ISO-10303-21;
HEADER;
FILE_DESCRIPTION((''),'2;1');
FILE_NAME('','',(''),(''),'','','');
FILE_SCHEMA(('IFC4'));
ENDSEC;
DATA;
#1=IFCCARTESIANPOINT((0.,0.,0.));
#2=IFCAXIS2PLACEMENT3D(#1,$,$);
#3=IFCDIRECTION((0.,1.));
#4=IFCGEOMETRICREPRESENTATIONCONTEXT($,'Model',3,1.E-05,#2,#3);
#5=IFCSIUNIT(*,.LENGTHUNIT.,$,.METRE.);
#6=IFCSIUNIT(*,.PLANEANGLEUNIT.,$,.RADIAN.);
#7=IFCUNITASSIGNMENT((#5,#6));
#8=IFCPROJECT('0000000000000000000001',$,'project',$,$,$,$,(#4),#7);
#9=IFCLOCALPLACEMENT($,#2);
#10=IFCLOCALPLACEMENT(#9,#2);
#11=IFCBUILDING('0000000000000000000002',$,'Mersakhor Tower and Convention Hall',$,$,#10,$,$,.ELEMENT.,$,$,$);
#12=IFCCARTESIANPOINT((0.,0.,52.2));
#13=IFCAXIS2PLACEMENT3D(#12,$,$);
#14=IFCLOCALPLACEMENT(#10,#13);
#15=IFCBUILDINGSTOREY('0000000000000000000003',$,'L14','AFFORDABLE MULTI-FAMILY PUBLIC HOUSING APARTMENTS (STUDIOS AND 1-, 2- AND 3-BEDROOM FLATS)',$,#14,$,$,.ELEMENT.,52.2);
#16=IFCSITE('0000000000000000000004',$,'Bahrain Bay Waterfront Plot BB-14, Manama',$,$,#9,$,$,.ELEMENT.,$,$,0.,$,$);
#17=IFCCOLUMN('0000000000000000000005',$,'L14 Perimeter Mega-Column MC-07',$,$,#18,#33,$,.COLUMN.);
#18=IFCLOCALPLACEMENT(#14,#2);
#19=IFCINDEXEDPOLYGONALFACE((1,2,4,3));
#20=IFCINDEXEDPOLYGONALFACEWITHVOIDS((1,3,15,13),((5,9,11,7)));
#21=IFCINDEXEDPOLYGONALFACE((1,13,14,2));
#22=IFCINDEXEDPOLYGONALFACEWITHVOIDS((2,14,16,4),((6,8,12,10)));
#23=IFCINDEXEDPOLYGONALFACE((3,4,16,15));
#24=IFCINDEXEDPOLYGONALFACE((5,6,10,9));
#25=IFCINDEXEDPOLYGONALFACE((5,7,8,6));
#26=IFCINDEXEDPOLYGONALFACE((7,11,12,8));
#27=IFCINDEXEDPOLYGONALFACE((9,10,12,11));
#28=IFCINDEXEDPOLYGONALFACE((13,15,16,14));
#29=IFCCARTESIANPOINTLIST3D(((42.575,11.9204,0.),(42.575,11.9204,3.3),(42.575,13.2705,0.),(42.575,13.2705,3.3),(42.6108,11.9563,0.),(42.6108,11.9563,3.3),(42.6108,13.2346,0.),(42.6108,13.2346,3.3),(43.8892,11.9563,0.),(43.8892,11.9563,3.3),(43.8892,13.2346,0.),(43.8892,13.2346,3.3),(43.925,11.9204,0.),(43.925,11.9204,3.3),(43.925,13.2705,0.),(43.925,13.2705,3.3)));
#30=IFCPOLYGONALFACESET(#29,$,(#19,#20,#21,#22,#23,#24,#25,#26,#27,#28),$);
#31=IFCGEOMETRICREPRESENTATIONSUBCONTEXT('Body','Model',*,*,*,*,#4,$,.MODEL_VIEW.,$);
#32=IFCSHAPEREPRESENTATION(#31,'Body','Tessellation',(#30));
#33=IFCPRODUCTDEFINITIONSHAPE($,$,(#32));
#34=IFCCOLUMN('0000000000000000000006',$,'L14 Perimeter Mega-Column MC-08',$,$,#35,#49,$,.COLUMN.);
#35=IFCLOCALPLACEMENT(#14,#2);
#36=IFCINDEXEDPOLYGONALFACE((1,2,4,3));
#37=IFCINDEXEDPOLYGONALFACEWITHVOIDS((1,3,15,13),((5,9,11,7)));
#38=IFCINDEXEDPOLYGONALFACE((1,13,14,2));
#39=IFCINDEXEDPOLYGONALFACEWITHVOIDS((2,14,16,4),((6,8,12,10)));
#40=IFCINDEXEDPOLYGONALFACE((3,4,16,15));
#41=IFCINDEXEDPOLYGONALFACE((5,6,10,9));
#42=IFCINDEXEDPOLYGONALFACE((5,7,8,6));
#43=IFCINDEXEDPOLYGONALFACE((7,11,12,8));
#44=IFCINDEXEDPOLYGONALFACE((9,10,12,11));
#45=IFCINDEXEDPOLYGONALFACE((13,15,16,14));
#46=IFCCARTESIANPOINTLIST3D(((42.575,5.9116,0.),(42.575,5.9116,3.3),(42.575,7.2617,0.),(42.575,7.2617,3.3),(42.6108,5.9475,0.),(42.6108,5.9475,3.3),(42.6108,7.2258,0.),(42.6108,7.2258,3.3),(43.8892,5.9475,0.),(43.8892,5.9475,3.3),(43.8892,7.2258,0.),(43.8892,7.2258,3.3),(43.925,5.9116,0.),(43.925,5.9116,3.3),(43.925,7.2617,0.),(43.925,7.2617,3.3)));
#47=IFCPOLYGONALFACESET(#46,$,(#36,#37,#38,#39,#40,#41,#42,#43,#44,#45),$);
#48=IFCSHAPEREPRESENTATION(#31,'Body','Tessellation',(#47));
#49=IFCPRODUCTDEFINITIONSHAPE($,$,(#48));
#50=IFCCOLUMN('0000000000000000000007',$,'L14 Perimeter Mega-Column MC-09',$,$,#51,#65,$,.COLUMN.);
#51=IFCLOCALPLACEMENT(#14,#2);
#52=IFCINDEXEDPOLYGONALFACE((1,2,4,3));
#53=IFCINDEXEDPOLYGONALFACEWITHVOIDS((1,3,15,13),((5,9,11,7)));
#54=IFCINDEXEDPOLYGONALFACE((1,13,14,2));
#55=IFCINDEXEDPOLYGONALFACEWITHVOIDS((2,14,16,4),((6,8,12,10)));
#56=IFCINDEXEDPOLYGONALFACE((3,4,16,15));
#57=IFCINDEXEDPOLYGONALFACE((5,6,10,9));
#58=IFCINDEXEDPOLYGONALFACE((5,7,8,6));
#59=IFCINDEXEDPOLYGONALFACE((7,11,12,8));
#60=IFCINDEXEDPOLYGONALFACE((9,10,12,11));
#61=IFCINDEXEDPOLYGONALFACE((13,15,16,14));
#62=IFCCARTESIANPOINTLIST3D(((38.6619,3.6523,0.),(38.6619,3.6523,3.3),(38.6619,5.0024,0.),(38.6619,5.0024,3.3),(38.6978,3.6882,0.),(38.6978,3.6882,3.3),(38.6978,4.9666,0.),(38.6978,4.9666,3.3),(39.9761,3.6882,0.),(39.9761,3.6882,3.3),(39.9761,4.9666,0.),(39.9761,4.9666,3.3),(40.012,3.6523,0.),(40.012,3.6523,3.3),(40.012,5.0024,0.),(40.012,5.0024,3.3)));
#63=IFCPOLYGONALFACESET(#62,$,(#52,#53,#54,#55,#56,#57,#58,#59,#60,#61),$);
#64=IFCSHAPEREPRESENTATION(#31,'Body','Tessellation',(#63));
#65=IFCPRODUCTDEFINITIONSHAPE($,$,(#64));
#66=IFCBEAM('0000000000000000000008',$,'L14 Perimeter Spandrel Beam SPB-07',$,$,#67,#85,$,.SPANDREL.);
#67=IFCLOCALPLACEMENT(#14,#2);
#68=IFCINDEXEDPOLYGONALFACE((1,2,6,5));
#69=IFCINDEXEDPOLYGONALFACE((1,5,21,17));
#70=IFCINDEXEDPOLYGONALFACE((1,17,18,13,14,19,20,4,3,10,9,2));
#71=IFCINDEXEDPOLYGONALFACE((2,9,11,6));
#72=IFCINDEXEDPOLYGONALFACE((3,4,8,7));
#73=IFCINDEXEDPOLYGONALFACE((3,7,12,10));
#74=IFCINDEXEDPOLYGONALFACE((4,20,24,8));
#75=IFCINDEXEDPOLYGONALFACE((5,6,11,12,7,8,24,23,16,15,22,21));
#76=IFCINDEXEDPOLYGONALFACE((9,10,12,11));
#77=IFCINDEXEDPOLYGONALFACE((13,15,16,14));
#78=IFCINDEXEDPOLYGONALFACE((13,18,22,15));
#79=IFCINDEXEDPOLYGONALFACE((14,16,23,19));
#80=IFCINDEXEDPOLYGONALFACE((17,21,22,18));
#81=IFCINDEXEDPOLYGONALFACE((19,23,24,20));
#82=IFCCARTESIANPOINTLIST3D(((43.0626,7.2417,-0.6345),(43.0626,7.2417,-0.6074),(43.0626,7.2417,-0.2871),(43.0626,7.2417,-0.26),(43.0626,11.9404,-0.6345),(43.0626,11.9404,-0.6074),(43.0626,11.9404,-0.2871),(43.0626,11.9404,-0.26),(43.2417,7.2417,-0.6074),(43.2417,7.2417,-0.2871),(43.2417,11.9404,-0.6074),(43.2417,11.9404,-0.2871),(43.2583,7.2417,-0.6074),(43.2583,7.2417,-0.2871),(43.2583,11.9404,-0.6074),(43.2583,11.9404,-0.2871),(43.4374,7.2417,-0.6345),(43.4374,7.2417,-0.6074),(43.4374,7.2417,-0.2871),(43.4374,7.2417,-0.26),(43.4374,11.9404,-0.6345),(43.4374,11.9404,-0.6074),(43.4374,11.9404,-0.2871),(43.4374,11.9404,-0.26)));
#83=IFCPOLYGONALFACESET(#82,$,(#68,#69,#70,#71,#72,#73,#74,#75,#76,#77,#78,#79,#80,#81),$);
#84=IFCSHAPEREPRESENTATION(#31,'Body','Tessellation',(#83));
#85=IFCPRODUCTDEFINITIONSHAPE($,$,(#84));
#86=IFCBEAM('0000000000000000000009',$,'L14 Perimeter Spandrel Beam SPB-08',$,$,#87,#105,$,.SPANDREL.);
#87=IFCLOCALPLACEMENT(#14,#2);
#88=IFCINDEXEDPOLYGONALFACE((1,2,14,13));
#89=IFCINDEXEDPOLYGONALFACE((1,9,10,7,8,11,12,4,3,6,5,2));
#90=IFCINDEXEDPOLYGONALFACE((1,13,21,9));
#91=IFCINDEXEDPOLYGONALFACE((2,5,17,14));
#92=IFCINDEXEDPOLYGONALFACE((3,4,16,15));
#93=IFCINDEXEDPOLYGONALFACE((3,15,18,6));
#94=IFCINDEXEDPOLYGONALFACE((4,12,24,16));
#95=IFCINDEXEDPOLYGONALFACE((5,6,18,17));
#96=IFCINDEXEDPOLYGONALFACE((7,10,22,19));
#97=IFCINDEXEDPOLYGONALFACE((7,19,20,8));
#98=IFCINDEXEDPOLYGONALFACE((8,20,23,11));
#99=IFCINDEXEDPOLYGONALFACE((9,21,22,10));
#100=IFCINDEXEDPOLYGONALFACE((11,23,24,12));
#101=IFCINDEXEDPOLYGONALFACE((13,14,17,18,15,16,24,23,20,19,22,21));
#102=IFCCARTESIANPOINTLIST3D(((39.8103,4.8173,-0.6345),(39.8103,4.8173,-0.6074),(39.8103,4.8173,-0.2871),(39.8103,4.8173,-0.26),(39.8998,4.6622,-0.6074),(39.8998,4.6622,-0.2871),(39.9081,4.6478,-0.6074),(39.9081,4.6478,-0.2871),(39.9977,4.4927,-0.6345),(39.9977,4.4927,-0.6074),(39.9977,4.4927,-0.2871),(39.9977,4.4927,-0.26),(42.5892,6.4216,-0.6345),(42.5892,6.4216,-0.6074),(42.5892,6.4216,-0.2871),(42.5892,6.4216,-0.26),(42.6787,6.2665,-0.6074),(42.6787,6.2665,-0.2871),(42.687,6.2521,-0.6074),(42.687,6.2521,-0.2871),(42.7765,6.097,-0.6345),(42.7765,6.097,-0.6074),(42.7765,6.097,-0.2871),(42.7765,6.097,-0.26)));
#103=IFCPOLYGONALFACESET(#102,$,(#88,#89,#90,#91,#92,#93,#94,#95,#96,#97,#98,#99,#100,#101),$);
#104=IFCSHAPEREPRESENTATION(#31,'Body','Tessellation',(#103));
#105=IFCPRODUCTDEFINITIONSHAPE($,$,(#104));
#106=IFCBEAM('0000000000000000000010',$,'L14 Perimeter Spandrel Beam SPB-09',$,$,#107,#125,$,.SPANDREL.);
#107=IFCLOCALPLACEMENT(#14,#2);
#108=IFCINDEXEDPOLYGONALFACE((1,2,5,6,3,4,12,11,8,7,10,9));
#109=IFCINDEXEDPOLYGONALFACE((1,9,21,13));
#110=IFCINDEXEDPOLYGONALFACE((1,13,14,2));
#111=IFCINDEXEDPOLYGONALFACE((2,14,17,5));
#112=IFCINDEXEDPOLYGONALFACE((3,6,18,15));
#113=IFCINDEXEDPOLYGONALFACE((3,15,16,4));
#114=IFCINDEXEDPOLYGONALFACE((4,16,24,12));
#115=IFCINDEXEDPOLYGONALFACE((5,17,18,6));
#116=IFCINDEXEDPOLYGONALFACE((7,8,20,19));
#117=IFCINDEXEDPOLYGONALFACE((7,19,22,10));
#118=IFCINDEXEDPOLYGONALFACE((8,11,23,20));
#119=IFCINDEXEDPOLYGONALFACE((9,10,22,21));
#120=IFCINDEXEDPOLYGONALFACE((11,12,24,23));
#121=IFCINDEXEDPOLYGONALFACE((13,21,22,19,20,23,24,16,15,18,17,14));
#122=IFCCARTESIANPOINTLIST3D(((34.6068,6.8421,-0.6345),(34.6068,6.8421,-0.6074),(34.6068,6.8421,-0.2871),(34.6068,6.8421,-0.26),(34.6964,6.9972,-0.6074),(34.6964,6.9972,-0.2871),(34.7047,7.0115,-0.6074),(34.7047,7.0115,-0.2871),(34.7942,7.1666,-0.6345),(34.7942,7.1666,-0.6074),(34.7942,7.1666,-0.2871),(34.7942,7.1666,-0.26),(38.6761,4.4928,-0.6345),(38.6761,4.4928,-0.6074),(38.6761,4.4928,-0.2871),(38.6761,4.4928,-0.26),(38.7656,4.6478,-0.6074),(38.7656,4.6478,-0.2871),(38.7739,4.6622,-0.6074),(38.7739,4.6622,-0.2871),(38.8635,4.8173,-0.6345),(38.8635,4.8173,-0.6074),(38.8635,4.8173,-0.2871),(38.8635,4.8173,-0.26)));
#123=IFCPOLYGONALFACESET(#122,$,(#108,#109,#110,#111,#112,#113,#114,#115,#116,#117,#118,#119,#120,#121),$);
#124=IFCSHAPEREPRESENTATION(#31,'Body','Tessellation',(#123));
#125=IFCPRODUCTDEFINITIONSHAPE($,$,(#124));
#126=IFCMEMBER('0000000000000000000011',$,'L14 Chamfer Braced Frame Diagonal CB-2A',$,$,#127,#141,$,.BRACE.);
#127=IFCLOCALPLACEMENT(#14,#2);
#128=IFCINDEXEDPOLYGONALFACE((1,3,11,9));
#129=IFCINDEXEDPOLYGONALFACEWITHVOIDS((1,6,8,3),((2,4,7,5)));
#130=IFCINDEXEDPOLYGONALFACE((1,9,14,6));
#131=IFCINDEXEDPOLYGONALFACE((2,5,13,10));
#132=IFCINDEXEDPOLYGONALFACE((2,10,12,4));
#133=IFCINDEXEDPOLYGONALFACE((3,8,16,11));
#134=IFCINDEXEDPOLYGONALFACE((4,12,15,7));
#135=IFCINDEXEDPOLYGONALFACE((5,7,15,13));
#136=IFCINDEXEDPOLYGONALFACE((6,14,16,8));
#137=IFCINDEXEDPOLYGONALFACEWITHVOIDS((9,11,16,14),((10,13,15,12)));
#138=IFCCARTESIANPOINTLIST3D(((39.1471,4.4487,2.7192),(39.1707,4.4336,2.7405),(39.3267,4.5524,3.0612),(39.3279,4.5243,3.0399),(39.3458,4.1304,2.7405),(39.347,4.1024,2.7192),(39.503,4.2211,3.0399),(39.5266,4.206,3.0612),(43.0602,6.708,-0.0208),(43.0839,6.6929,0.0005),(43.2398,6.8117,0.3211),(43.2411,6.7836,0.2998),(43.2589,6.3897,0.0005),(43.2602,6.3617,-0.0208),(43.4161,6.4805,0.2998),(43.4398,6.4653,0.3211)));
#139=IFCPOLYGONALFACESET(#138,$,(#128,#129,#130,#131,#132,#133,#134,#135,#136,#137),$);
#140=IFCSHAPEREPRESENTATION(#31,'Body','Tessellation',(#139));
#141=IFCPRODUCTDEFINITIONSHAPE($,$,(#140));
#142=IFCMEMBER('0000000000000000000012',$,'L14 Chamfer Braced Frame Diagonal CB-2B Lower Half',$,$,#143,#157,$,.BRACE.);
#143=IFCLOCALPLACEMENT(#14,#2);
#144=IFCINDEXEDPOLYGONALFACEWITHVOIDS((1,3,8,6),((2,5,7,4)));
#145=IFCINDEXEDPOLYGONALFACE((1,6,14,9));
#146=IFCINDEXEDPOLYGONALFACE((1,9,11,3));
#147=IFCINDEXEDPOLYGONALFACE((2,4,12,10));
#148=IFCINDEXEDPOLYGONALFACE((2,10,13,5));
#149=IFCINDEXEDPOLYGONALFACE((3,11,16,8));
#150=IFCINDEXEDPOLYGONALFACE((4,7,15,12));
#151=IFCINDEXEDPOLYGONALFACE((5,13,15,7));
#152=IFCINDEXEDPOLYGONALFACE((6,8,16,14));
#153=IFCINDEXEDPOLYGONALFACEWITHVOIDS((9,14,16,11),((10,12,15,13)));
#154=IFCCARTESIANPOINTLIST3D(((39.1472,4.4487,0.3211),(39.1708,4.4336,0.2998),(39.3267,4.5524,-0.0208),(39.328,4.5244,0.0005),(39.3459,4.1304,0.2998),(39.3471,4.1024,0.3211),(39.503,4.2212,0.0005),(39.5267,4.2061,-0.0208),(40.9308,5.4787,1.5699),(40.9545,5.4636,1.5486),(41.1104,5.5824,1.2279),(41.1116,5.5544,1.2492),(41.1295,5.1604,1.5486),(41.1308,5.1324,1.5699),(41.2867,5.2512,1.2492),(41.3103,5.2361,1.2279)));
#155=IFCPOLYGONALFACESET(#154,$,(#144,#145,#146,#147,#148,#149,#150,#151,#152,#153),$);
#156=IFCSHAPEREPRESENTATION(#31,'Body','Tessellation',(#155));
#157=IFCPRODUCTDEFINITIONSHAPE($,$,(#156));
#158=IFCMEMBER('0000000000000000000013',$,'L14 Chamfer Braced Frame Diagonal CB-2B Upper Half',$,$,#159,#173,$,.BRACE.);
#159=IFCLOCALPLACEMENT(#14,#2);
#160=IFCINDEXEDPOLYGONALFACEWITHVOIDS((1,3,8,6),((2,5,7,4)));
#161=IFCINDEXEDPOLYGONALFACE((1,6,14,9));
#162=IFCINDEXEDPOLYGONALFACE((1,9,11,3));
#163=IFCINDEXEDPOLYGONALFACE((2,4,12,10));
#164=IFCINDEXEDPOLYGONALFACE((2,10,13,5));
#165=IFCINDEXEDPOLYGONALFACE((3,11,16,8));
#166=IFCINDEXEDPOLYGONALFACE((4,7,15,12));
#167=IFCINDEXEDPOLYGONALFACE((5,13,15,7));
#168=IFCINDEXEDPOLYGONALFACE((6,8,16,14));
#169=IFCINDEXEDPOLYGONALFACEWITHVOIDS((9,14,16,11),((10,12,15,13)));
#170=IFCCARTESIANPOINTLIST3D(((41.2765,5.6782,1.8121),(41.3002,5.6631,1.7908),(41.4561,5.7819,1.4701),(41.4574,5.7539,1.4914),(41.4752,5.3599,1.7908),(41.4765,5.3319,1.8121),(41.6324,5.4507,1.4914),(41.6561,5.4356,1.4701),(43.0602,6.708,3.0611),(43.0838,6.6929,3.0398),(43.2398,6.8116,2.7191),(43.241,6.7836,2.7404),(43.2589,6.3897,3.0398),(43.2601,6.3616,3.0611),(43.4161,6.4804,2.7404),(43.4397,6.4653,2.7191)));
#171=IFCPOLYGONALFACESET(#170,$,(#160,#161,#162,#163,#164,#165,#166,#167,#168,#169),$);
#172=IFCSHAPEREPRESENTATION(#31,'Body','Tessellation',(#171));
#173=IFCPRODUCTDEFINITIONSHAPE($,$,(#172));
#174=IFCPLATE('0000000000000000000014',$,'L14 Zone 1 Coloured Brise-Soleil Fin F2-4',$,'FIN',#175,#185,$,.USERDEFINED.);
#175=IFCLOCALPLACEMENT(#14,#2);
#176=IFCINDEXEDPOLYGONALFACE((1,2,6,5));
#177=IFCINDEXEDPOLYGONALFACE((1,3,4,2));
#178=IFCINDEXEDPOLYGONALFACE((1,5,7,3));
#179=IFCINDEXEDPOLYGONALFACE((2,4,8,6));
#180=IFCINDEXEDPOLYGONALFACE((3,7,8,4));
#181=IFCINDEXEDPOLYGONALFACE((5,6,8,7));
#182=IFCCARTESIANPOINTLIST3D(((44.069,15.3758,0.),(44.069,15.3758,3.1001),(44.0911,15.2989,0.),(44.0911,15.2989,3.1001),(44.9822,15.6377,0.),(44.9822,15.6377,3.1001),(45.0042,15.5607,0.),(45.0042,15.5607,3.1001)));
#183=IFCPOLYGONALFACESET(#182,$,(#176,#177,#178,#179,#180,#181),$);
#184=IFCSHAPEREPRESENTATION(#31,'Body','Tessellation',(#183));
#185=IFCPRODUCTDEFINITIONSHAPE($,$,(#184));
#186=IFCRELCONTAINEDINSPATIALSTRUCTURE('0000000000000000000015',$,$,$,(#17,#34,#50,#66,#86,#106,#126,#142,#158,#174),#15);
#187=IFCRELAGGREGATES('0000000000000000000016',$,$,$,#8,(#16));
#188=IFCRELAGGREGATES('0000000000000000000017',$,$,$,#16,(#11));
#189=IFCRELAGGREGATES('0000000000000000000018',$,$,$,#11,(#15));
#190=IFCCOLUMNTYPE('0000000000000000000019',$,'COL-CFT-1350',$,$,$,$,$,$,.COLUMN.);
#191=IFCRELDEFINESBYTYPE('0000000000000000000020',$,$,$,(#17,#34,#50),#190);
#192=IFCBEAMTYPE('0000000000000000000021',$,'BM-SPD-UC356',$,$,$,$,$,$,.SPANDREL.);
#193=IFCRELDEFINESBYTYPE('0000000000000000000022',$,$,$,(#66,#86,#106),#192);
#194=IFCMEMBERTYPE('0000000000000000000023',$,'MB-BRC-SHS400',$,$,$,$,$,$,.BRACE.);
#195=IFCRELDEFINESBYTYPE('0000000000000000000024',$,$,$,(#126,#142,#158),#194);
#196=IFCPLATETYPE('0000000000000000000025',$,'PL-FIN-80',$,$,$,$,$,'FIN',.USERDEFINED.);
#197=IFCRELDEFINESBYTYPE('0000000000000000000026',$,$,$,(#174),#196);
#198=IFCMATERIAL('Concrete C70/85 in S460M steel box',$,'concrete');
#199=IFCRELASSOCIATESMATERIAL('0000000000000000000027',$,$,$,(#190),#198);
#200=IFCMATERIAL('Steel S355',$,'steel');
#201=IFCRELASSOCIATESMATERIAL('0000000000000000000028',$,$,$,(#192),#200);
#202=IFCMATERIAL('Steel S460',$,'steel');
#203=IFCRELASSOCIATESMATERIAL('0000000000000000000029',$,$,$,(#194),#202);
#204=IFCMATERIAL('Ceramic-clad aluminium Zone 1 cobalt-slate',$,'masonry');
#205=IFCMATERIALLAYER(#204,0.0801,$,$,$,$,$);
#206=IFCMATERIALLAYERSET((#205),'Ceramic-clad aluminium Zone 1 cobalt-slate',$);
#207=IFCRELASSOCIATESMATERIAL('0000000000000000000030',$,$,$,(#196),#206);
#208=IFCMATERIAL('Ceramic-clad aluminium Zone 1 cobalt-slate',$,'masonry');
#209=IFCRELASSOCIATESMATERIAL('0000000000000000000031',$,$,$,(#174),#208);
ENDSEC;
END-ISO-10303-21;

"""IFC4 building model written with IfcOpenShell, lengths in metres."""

from ifc_helpers import new_model, si_unit, direction, frame, origin, origin_2d, place, context, subcontext, project, spatial, rectangle, hollow_rectangle, i_section, extrude, material, layer, layer_set, material_profile, profile_set, type_object, element, save


model = new_model("IFC4")

# Units and contexts
model_context = context("Model", 3, precision=1e-05, world=origin(), true_north=direction((0.0, 1.0)))
body_context = subcontext(model_context, "Body", "Model", "MODEL_VIEW")
ifc_project = project(units=[si_unit("LENGTHUNIT", "METRE"), si_unit("PLANEANGLEUNIT", "RADIAN")], contexts=[model_context])

# Site, building, storey
site_placement = place(None, origin())
site = spatial("IfcSite", under=ifc_project, at=site_placement, Name="Bahrain Bay Waterfront Plot BB-14, Manama", CompositionType="ELEMENT", RefElevation=0.0)
building_placement = place(site_placement, origin())
building = spatial("IfcBuilding", under=site, at=building_placement, Name="Mersakhor Tower and Convention Hall", CompositionType="ELEMENT")
storey_placement = place(building_placement, frame((0.0, 0.0, 52.2)))
storey = spatial("IfcBuildingStorey", under=building, at=storey_placement, Name="L14", Description="AFFORDABLE MULTI-FAMILY PUBLIC HOUSING APARTMENTS (STUDIOS AND 1-, 2- AND 3-BEDROOM FLATS)", CompositionType="ELEMENT", Elevation=52.2)

# Columns
ifc_material_1 = material(Name="Concrete C70/85 in S460M steel box", Category="concrete")
ifc_material_profile_1 = material_profile(ifc_material_1, hollow_rectangle(XDim=1.3501, YDim=1.3501, WallThickness=0.0359, at=origin_2d()), Name="SHS 1350x1350x36")
ifc_profile_set_1 = profile_set([ifc_material_profile_1], Name="Concrete C70/85 in S460M steel box")
column_type = type_object("IfcColumnType", Name="COL-CFT-1350", PredefinedType="COLUMN", material=ifc_profile_set_1)
for number, where, z_axis, x_axis, name in (
    (1, (43.25, 12.5955, 0.0), (0.0, 0.0, 1.0), (1.0, 0.0, 0.0), "L14 Perimeter Mega-Column MC-07"),
    (2, (43.25, 6.5867, 0.0), (0.0, 0.0, 1.0), (1.0, 0.0, 0.0), "L14 Perimeter Mega-Column MC-08"),
    (3, (39.3369, 4.3274, 0.0), (0.0, 0.0, 1.0), (1.0, 0.0, 0.0), "L14 Perimeter Mega-Column MC-09"),
):
    element("IfcColumn", number, at=place(storey_placement, frame(where, z_axis=z_axis, x_axis=x_axis)), inside=storey, type_object=column_type, Name=name, PredefinedType="COLUMN", context=body_context, shape_type="SweptSolid", body=[
        extrude(hollow_rectangle(XDim=1.3501, YDim=1.3501, WallThickness=0.0359, at=origin_2d()), origin(), (0.0, 0.0, 1.0), 3.3),
    ])

# Beams
ifc_material_2 = material(Name="Steel S355", Category="steel")
ifc_material_profile_2 = material_profile(ifc_material_2, i_section(OverallWidth=0.3748, OverallDepth=0.3745, WebThickness=0.0166, FlangeThickness=0.0271, at=origin_2d()), Name="UC 356x368x202")
ifc_profile_set_2 = profile_set([ifc_material_profile_2], Name="Steel S355")
beam_type = type_object("IfcBeamType", Name="BM-SPD-UC356", PredefinedType="SPANDREL", material=ifc_profile_set_2)
beam_1_placement = place(storey_placement, frame((43.25, 11.9404, -0.4473), z_axis=(0.0, -1.0, 0.0), x_axis=(1.0, 0.0, 0.0)))
element("IfcBeam", 4, at=beam_1_placement, inside=storey, type_object=beam_type, Name="L14 Perimeter Spandrel Beam SPB-07", PredefinedType="SPANDREL", context=body_context, shape_type="SweptSolid", body=[
    extrude(i_section(OverallWidth=0.3748, OverallDepth=0.3745, WebThickness=0.0166, FlangeThickness=0.0271, at=origin_2d()), origin(), (0.0, 0.0, 1.0), 4.6987),
])
beam_2_placement = place(storey_placement, frame((42.6829, 6.2593, -0.4473), z_axis=(-0.866039, -0.499977, 0.0), x_axis=(0.499977, -0.866039, 0.0)))
element("IfcBeam", 5, at=beam_2_placement, inside=storey, type_object=beam_type, Name="L14 Perimeter Spandrel Beam SPB-08", PredefinedType="SPANDREL", context=body_context, shape_type="SweptSolid", body=[
    extrude(i_section(OverallWidth=0.3748, OverallDepth=0.3745, WebThickness=0.0166, FlangeThickness=0.0271, at=origin_2d()), origin(), (0.0, 0.0, 1.0), 3.2087),
])
beam_3_placement = place(storey_placement, frame((38.7698, 4.655, -0.4473), z_axis=(-0.866032, 0.499989, 0.0), x_axis=(-0.499989, -0.866032, 0.0)))
element("IfcBeam", 6, at=beam_3_placement, inside=storey, type_object=beam_type, Name="L14 Perimeter Spandrel Beam SPB-09", PredefinedType="SPANDREL", context=body_context, shape_type="SweptSolid", body=[
    extrude(i_section(OverallWidth=0.3748, OverallDepth=0.3745, WebThickness=0.0166, FlangeThickness=0.0271, at=origin_2d()), origin(), (0.0, 0.0, 1.0), 4.6987),
])

# Members
ifc_material_3 = material(Name="Steel S460", Category="steel")
ifc_material_profile_3 = material_profile(ifc_material_3, hollow_rectangle(XDim=0.3999, YDim=0.3999, WallThickness=0.0249, at=origin_2d()), Name="SHS 400x400x25")
ifc_profile_set_3 = profile_set([ifc_material_profile_3], Name="Steel S460")
member_type = type_object("IfcMemberType", Name="MB-BRC-SHS400", PredefinedType="BRACE", material=ifc_profile_set_3)
member_placement = place(storey_placement, frame((43.25, 6.5867, 0.1501), z_axis=(-0.740508, -0.427543, 0.518513), x_axis=(0.500009, -0.86602, 0.0)))
element("IfcMember", 7, at=member_placement, inside=storey, type_object=member_type, Name="L14 Chamfer Braced Frame Diagonal CB-2A", PredefinedType="BRACE", context=body_context, shape_type="SweptSolid", body=[
    extrude(hollow_rectangle(XDim=0.3999, YDim=0.3999, WallThickness=0.0249, at=origin_2d()), origin(), (0.0, 0.0, 1.0), 5.2844),
])
for number, where, z_axis, x_axis, name in (
    (8, (39.3369, 4.3274, 0.1501), (0.740512, 0.427624, 0.51844), (-0.500078, 0.86598, 0.0), "L14 Chamfer Braced Frame Diagonal CB-2B Lower Half"),
    (9, (41.4663, 5.5569, 1.6411), (0.740505, 0.427519, 0.518536), (-0.499989, 0.866032, 0.0), "L14 Chamfer Braced Frame Diagonal CB-2B Upper Half"),
):
    element("IfcMember", number, at=place(storey_placement, frame(where, z_axis=z_axis, x_axis=x_axis)), inside=storey, type_object=member_type, Name=name, PredefinedType="BRACE", context=body_context, shape_type="SweptSolid", body=[
        extrude(hollow_rectangle(XDim=0.3999, YDim=0.3999, WallThickness=0.0249, at=origin_2d()), origin(), (0.0, 0.0, 1.0), 2.4087),
    ])

# Plate
ifc_material_4 = material(Name="Ceramic-clad aluminium Zone 1 cobalt-slate", Category="masonry")
ifc_material_5 = material(Name="Ceramic-clad aluminium Zone 1 cobalt-slate", Category="masonry")
ifc_layer_1 = layer(ifc_material_5, 0.0801)
ifc_layer_set_1 = layer_set([ifc_layer_1], Name="Ceramic-clad aluminium Zone 1 cobalt-slate")
plate_type_1 = type_object("IfcPlateType", Name="PL-FIN-80", ElementType="FIN", PredefinedType="USERDEFINED", material=ifc_layer_set_1)
plate_1_placement = place(storey_placement, frame((44.5366, 15.4683, 0.0), z_axis=(0.0, 0.0, 1.0), x_axis=(0.961262, 0.275637, 0.0)))
element("IfcPlate", 10, at=plate_1_placement, inside=storey, type_object=plate_type_1, material=ifc_material_4, Name="L14 Zone 1 Coloured Brise-Soleil Fin F2-4", ObjectType="FIN", PredefinedType="USERDEFINED", context=body_context, shape_type="SweptSolid", body=[
    extrude(rectangle(XDim=0.95, YDim=0.0801, at=origin_2d()), origin(), (0.0, 0.0, 1.0), 3.1001),
])

save(model, "model.ifc")
